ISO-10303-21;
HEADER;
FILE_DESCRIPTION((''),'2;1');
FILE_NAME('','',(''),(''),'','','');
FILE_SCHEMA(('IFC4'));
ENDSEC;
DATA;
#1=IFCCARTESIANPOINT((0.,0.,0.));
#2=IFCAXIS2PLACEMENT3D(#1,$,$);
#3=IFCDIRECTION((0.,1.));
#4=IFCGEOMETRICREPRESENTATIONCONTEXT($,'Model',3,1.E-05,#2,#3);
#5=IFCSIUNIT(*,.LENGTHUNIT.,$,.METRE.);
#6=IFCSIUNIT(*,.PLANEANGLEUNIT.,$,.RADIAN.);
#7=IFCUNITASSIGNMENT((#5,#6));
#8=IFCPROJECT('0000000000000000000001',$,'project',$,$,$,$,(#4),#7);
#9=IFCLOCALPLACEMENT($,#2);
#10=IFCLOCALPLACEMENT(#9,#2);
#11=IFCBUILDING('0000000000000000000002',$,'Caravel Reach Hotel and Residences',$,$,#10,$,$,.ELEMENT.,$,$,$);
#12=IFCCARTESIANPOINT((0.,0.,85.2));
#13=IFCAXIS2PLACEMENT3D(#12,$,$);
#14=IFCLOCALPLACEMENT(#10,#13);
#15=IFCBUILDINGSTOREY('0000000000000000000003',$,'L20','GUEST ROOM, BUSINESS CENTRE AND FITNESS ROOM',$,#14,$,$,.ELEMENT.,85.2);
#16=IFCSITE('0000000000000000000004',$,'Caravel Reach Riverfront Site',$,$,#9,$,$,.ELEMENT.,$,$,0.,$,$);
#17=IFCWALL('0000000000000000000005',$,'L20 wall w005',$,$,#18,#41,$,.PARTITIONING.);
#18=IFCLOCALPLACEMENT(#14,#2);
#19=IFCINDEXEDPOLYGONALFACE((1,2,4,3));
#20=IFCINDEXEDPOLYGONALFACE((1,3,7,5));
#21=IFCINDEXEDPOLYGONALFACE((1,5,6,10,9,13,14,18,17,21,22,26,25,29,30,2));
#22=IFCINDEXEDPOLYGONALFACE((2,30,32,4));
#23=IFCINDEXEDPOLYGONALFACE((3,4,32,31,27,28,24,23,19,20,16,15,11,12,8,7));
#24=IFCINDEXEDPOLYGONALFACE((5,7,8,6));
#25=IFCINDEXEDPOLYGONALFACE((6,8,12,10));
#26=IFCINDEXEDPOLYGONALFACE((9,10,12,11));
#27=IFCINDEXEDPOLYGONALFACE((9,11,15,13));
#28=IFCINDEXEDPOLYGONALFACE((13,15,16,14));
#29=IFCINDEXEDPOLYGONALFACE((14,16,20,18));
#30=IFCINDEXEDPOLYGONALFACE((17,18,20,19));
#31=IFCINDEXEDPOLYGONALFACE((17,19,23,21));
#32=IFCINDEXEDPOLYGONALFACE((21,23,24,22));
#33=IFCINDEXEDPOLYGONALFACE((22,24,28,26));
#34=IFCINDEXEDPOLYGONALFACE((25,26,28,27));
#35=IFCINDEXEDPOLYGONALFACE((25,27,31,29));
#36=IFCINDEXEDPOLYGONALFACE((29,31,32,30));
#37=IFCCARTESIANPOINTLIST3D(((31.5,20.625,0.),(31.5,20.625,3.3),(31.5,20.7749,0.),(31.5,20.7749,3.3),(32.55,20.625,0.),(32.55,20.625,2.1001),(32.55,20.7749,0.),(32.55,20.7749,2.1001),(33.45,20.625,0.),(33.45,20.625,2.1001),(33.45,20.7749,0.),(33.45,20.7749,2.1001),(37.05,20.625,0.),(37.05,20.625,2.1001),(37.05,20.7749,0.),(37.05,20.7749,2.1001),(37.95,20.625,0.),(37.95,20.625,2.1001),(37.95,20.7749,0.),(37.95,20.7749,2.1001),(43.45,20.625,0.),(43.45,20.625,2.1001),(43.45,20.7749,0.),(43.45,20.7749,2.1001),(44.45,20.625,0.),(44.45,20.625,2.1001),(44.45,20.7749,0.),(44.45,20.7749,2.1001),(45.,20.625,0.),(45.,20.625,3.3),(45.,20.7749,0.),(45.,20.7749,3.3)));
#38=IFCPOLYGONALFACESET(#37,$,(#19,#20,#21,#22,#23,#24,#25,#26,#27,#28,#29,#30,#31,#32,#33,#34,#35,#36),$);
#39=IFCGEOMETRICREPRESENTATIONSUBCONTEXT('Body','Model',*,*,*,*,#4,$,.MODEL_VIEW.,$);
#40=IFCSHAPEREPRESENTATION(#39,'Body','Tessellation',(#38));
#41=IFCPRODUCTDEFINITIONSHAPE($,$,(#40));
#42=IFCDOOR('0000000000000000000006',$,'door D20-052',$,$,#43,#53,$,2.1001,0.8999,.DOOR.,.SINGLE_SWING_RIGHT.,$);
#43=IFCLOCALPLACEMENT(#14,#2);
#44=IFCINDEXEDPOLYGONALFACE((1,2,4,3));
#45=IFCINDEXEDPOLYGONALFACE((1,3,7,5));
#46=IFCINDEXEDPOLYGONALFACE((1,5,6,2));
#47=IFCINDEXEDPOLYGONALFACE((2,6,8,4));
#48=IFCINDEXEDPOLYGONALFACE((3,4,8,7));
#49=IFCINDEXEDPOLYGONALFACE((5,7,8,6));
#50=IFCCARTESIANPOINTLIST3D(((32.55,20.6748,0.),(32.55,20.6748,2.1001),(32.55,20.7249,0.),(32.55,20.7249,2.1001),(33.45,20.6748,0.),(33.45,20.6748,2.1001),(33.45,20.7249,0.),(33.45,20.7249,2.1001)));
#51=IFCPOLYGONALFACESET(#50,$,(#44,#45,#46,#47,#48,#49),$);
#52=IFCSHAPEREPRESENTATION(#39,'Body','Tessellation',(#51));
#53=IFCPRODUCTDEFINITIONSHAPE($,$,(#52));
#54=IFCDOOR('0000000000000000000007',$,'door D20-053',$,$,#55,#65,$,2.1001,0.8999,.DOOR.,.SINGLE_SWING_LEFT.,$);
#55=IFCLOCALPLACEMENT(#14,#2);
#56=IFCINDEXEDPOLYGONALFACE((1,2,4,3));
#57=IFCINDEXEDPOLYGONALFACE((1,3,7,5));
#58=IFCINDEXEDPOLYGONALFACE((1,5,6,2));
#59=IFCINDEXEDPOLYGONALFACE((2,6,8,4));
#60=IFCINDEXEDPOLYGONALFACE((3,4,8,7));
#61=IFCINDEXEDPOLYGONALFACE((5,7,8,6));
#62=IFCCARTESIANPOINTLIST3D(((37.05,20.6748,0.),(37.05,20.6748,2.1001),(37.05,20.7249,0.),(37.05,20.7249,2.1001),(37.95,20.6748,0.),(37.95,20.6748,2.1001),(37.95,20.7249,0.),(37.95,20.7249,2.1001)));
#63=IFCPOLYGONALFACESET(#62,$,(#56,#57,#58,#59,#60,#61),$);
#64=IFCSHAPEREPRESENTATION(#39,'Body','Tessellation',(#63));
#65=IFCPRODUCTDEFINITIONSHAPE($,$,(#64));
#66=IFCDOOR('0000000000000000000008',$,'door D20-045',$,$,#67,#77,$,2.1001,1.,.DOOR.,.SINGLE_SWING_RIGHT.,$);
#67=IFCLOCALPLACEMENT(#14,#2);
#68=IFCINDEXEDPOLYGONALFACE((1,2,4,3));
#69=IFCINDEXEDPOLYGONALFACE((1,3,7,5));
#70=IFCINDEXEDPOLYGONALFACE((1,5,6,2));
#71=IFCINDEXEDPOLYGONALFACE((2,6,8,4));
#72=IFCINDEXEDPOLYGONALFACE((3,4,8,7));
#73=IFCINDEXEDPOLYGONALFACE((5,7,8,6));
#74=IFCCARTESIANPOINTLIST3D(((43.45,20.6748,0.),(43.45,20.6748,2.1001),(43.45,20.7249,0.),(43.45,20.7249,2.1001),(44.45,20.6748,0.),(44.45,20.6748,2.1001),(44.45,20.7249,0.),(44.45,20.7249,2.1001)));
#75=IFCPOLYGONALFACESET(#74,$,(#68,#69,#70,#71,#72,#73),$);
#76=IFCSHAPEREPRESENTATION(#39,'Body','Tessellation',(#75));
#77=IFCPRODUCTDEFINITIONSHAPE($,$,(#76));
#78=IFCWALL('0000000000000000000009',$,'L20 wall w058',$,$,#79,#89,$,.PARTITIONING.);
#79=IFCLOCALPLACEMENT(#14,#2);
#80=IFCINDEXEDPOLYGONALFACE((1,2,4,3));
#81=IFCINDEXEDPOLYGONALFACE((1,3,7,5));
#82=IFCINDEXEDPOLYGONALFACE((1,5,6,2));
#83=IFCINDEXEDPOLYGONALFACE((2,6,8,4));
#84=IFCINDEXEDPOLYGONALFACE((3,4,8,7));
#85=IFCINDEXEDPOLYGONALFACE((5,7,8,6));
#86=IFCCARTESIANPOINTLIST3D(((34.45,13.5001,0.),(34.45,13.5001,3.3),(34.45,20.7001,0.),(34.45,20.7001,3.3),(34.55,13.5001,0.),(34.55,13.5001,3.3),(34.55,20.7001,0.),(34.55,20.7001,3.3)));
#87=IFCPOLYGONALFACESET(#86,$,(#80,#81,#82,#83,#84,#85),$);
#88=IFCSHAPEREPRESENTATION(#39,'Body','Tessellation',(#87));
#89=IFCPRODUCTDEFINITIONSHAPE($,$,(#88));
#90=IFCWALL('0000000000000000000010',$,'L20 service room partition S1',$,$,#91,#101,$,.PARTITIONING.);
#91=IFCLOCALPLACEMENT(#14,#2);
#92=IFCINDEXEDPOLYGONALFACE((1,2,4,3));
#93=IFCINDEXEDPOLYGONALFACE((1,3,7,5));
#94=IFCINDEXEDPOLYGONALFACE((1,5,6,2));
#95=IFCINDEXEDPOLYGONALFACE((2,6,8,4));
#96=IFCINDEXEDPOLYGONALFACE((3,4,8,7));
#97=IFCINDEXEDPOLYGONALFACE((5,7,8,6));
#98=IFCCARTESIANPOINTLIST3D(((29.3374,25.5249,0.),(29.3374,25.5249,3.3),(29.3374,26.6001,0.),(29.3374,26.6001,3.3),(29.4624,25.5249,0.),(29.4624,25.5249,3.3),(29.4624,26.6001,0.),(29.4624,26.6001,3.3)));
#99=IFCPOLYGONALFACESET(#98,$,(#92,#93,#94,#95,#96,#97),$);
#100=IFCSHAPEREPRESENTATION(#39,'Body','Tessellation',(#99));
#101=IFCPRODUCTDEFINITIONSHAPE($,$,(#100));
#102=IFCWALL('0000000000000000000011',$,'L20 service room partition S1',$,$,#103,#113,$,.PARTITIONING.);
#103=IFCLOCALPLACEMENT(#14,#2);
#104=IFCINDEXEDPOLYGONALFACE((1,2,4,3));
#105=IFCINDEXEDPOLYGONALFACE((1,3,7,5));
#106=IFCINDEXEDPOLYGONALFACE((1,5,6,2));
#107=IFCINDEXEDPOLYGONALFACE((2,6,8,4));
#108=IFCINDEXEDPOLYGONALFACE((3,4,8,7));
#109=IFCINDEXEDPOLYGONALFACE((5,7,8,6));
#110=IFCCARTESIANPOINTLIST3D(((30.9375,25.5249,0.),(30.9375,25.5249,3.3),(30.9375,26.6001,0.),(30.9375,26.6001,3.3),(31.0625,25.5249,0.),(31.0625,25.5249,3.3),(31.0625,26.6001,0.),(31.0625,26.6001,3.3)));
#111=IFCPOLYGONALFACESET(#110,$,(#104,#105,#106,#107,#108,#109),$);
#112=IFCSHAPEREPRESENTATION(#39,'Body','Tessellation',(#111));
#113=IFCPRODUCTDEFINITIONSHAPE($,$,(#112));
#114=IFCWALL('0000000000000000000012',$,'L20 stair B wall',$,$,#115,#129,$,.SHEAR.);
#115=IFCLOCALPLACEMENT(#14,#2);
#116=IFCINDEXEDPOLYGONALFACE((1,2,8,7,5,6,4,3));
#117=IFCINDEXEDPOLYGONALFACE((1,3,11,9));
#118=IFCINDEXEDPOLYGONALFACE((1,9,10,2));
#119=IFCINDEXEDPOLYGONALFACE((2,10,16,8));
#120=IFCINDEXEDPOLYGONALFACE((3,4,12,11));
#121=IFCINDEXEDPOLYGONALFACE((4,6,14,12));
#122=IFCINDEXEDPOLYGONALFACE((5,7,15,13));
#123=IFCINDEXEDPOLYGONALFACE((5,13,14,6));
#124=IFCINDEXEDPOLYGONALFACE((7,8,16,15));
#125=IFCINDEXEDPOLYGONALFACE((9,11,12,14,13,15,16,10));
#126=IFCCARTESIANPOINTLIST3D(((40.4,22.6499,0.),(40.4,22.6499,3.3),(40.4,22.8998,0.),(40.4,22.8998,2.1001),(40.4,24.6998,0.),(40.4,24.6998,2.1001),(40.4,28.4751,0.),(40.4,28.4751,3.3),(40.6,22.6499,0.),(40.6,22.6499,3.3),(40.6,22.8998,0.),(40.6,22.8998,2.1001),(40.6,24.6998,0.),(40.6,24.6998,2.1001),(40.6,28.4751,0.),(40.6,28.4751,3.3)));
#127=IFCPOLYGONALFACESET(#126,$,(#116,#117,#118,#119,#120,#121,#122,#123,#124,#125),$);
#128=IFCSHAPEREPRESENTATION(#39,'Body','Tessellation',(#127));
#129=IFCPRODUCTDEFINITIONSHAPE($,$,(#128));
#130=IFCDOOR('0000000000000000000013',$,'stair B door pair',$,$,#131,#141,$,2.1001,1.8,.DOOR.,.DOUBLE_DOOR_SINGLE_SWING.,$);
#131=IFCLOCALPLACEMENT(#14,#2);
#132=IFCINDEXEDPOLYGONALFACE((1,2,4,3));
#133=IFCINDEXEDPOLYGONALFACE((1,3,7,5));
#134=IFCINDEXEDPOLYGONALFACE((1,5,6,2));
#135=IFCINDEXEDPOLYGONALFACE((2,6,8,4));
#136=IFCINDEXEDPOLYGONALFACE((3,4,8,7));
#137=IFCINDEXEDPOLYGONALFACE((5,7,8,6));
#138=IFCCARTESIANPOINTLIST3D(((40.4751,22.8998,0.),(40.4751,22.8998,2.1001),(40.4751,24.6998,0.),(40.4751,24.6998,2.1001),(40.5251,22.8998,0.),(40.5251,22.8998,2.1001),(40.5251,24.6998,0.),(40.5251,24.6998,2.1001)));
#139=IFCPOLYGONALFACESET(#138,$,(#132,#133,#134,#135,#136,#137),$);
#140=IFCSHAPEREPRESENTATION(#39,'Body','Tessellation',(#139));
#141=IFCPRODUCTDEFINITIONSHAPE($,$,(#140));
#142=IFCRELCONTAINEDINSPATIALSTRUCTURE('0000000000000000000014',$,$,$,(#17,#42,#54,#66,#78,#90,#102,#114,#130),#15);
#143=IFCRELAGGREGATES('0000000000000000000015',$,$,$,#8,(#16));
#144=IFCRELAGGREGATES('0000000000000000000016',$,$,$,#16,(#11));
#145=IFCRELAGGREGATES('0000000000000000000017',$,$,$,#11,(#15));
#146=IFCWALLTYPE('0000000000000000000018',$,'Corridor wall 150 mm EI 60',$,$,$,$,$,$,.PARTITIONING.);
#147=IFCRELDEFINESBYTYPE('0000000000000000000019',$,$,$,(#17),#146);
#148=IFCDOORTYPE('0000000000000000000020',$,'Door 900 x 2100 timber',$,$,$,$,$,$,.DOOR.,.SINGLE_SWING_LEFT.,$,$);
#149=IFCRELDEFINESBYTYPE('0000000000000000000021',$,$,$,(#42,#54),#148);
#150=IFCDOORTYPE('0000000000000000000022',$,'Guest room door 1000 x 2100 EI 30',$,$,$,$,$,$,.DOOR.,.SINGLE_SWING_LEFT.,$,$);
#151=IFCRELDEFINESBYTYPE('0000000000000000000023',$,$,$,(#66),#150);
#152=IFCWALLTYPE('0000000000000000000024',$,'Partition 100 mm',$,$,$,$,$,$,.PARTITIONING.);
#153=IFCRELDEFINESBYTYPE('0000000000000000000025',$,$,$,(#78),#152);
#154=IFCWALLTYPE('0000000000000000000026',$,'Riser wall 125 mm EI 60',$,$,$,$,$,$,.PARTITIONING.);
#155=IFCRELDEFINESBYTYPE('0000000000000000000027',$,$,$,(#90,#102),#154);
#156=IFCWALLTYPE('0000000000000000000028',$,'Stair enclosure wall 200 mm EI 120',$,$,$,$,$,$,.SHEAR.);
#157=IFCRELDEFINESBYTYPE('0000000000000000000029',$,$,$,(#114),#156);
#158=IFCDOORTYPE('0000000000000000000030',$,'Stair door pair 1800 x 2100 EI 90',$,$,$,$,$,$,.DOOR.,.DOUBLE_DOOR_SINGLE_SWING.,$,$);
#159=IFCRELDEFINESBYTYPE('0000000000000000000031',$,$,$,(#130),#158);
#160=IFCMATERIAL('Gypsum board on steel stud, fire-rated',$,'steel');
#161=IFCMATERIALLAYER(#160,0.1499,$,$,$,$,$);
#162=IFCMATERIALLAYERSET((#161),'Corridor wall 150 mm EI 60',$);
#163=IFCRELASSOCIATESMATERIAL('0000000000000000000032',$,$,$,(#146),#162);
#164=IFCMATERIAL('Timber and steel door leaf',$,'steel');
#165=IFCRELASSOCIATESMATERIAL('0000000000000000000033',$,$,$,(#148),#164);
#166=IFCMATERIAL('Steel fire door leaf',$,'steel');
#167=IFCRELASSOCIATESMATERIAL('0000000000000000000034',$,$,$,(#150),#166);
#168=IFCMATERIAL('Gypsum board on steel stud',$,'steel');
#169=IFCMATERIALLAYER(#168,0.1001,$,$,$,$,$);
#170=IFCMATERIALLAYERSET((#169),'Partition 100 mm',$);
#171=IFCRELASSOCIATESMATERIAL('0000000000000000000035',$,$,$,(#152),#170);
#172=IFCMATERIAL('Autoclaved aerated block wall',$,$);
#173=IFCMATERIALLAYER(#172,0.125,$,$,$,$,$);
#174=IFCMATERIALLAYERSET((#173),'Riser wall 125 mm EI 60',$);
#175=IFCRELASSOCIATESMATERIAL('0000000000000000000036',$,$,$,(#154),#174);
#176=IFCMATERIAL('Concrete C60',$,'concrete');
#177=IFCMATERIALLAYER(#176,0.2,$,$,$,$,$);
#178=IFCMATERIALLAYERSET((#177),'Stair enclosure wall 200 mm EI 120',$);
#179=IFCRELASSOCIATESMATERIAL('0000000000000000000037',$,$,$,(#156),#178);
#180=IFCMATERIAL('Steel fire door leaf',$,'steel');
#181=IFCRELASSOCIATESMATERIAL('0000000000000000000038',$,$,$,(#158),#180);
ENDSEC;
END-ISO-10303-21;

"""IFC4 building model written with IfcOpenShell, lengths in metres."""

from ifc_helpers import new_model, si_unit, direction, frame, frame_2d, origin, place, context, subcontext, project, spatial, rectangle, extrude, material, layer, layer_set, type_object, element, fill, save


model = new_model("IFC4")

# Units and contexts
model_context = context("Model", 3, precision=1e-05, world=origin(), true_north=direction((0.0, 1.0)))
body_context = subcontext(model_context, "Body", "Model", "MODEL_VIEW")
ifc_project = project(units=[si_unit("LENGTHUNIT", "METRE"), si_unit("PLANEANGLEUNIT", "RADIAN")], contexts=[model_context])

# Site, building, storey
site_placement = place(None, origin())
site = spatial("IfcSite", under=ifc_project, at=site_placement, Name="Caravel Reach Riverfront Site", CompositionType="ELEMENT", RefElevation=0.0)
building_placement = place(site_placement, origin())
building = spatial("IfcBuilding", under=site, at=building_placement, Name="Caravel Reach Hotel and Residences", CompositionType="ELEMENT")
storey_placement = place(building_placement, frame((0.0, 0.0, 85.2)))
storey = spatial("IfcBuildingStorey", under=building, at=storey_placement, Name="L20", Description="GUEST ROOM, BUSINESS CENTRE AND FITNESS ROOM", CompositionType="ELEMENT", Elevation=85.2)

# Wall, openings, doors
ifc_material_1 = material(Name="Gypsum board on steel stud, fire-rated", Category="steel")
ifc_layer_1 = layer(ifc_material_1, 0.1499)
ifc_layer_set_1 = layer_set([ifc_layer_1], Name="Corridor wall 150 mm EI 60")
wall_type_1 = type_object("IfcWallType", Name="Corridor wall 150 mm EI 60", PredefinedType="PARTITIONING", material=ifc_layer_set_1)
wall_1_placement = place(storey_placement, frame((31.5, 20.7, 0.0), z_axis=(0.0, 0.0, 1.0), x_axis=(1.0, 0.0, 0.0)))
wall_1 = element("IfcWall", 1, at=wall_1_placement, inside=storey, type_object=wall_type_1, Name="L20 wall w005", PredefinedType="PARTITIONING", context=body_context, shape_type="SweptSolid", body=[
    extrude(rectangle(XDim=13.5, YDim=0.1499, at=frame_2d((6.75, 0.0))), origin(), (0.0, 0.0, 1.0), 3.3),
])
opening_1_placement = place(wall_1_placement, frame((11.95, 0.0, 0.0)))
opening_1 = element("IfcOpeningElement", 2, at=opening_1_placement, cuts=wall_1, PredefinedType="OPENING", context=body_context, shape_type="SweptSolid", body=[
    extrude(rectangle(XDim=1.0, YDim=2.1001, at=frame_2d((0.5, 1.05))), frame((0.0, 0.085, 0.0), z_axis=(0.0, -1.0, 0.0), x_axis=(1.0, 0.0, 0.0)), (0.0, 0.0, 1.0), 0.1699),
])
opening_2_placement = place(wall_1_placement, frame((1.05, 0.0, 0.0)))
opening_2 = element("IfcOpeningElement", 3, at=opening_2_placement, cuts=wall_1, PredefinedType="OPENING", context=body_context, shape_type="SweptSolid", body=[
    extrude(rectangle(XDim=0.8999, YDim=2.1001, at=frame_2d((0.45, 1.05))), frame((0.0, 0.085, 0.0), z_axis=(0.0, -1.0, 0.0), x_axis=(1.0, 0.0, 0.0)), (0.0, 0.0, 1.0), 0.1699),
])
opening_3_placement = place(wall_1_placement, frame((5.55, 0.0, 0.0)))
opening_3 = element("IfcOpeningElement", 4, at=opening_3_placement, cuts=wall_1, PredefinedType="OPENING", context=body_context, shape_type="SweptSolid", body=[
    extrude(rectangle(XDim=0.8999, YDim=2.1001, at=frame_2d((0.45, 1.05))), frame((0.0, 0.085, 0.0), z_axis=(0.0, -1.0, 0.0), x_axis=(1.0, 0.0, 0.0)), (0.0, 0.0, 1.0), 0.1699),
])
ifc_material_2 = material(Name="Timber and steel door leaf", Category="steel")
door_type_1 = type_object("IfcDoorType", Name="Door 900 x 2100 timber", OperationType="SINGLE_SWING_LEFT", PredefinedType="DOOR", material=ifc_material_2)
door_1_placement = place(opening_2_placement, origin())
door_1 = element("IfcDoor", 5, at=door_1_placement, inside=storey, type_object=door_type_1, Name="door D20-052", OperationType="SINGLE_SWING_RIGHT", OverallHeight=2.1001, OverallWidth=0.8999, PredefinedType="DOOR", context=body_context, shape_type="SweptSolid", body=[
    extrude(rectangle(XDim=0.8999, YDim=2.1001, at=frame_2d((0.45, 1.05))), frame((0.0, 0.0249, 0.0), z_axis=(0.0, -1.0, 0.0), x_axis=(1.0, 0.0, 0.0)), (0.0, 0.0, 1.0), 0.05),
])
fill(opening_2, door_1)
door_2_placement = place(opening_3_placement, origin())
door_2 = element("IfcDoor", 6, at=door_2_placement, inside=storey, type_object=door_type_1, Name="door D20-053", OperationType="SINGLE_SWING_LEFT", OverallHeight=2.1001, OverallWidth=0.8999, PredefinedType="DOOR", context=body_context, shape_type="SweptSolid", body=[
    extrude(rectangle(XDim=0.8999, YDim=2.1001, at=frame_2d((0.45, 1.05))), frame((0.0, 0.0249, 0.0), z_axis=(0.0, -1.0, 0.0), x_axis=(1.0, 0.0, 0.0)), (0.0, 0.0, 1.0), 0.05),
])
fill(opening_3, door_2)
ifc_material_3 = material(Name="Steel fire door leaf", Category="steel")
door_type_2 = type_object("IfcDoorType", Name="Guest room door 1000 x 2100 EI 30", OperationType="SINGLE_SWING_LEFT", PredefinedType="DOOR", material=ifc_material_3)
door_3_placement = place(opening_1_placement, origin())
door_3 = element("IfcDoor", 7, at=door_3_placement, inside=storey, type_object=door_type_2, Name="door D20-045", OperationType="SINGLE_SWING_RIGHT", OverallHeight=2.1001, OverallWidth=1.0, PredefinedType="DOOR", context=body_context, shape_type="SweptSolid", body=[
    extrude(rectangle(XDim=1.0, YDim=2.1001, at=frame_2d((0.5, 1.05))), frame((0.0, 0.0249, 0.0), z_axis=(0.0, -1.0, 0.0), x_axis=(1.0, 0.0, 0.0)), (0.0, 0.0, 1.0), 0.05),
])
fill(opening_1, door_3)

# Walls
ifc_material_4 = material(Name="Gypsum board on steel stud", Category="steel")
ifc_layer_2 = layer(ifc_material_4, 0.1001)
ifc_layer_set_2 = layer_set([ifc_layer_2], Name="Partition 100 mm")
wall_type_2 = type_object("IfcWallType", Name="Partition 100 mm", PredefinedType="PARTITIONING", material=ifc_layer_set_2)
wall_2_placement = place(storey_placement, frame((34.5, 13.5, 0.0), z_axis=(0.0, 0.0, 1.0), x_axis=(0.0, 1.0, 0.0)))
element("IfcWall", 8, at=wall_2_placement, inside=storey, type_object=wall_type_2, Name="L20 wall w058", PredefinedType="PARTITIONING", context=body_context, shape_type="SweptSolid", body=[
    extrude(rectangle(XDim=7.2, YDim=0.1001, at=frame_2d((3.6001, 0.0))), origin(), (0.0, 0.0, 1.0), 3.3),
])
ifc_material_5 = material(Name="Autoclaved aerated block wall")
ifc_layer_3 = layer(ifc_material_5, 0.125)
ifc_layer_set_3 = layer_set([ifc_layer_3], Name="Riser wall 125 mm EI 60")
wall_type_3 = type_object("IfcWallType", Name="Riser wall 125 mm EI 60", PredefinedType="PARTITIONING", material=ifc_layer_set_3)
for number, where, z_axis, x_axis, name in (
    (9, (29.3999, 25.5249, 0.0), (0.0, 0.0, 1.0), (0.0, 1.0, 0.0), "L20 service room partition S1"),
    (10, (31.0, 25.5249, 0.0), (0.0, 0.0, 1.0), (0.0, 1.0, 0.0), "L20 service room partition S1"),
):
    element("IfcWall", number, at=place(storey_placement, frame(where, z_axis=z_axis, x_axis=x_axis)), inside=storey, type_object=wall_type_3, Name=name, PredefinedType="PARTITIONING", context=body_context, shape_type="SweptSolid", body=[
        extrude(rectangle(XDim=1.0752, YDim=0.125, at=frame_2d((0.5376, 0.0))), origin(), (0.0, 0.0, 1.0), 3.3),
    ])

# Wall, opening, door
ifc_material_6 = material(Name="Concrete C60", Category="concrete")
ifc_layer_4 = layer(ifc_material_6, 0.2)
ifc_layer_set_4 = layer_set([ifc_layer_4], Name="Stair enclosure wall 200 mm EI 120")
wall_type_4 = type_object("IfcWallType", Name="Stair enclosure wall 200 mm EI 120", PredefinedType="SHEAR", material=ifc_layer_set_4)
wall_3_placement = place(storey_placement, frame((40.5, 22.6499, 0.0), z_axis=(0.0, 0.0, 1.0), x_axis=(0.0, 1.0, 0.0)))
wall_3 = element("IfcWall", 11, at=wall_3_placement, inside=storey, type_object=wall_type_4, Name="L20 stair B wall", PredefinedType="SHEAR", context=body_context, shape_type="SweptSolid", body=[
    extrude(rectangle(XDim=5.8252, YDim=0.2, at=frame_2d((2.9126, 0.0))), origin(), (0.0, 0.0, 1.0), 3.3),
])
opening_4_placement = place(wall_3_placement, frame((0.25, 0.0, 0.0)))
opening_4 = element("IfcOpeningElement", 12, at=opening_4_placement, cuts=wall_3, PredefinedType="OPENING", context=body_context, shape_type="SweptSolid", body=[
    extrude(rectangle(XDim=1.8, YDim=2.1001, at=frame_2d((0.8999, 1.05))), frame((0.0, 0.1099, 0.0), z_axis=(0.0, -1.0, 0.0), x_axis=(1.0, 0.0, 0.0)), (0.0, 0.0, 1.0), 0.22),
])
ifc_material_7 = material(Name="Steel fire door leaf", Category="steel")
door_type_3 = type_object("IfcDoorType", Name="Stair door pair 1800 x 2100 EI 90", OperationType="DOUBLE_DOOR_SINGLE_SWING", PredefinedType="DOOR", material=ifc_material_7)
door_4_placement = place(opening_4_placement, origin())
door_4 = element("IfcDoor", 13, at=door_4_placement, inside=storey, type_object=door_type_3, Name="stair B door pair", OperationType="DOUBLE_DOOR_SINGLE_SWING", OverallHeight=2.1001, OverallWidth=1.8, PredefinedType="DOOR", context=body_context, shape_type="SweptSolid", body=[
    extrude(rectangle(XDim=1.8, YDim=2.1001, at=frame_2d((0.8999, 1.05))), frame((0.0, 0.0249, 0.0), z_axis=(0.0, -1.0, 0.0), x_axis=(1.0, 0.0, 0.0)), (0.0, 0.0, 1.0), 0.05),
])
fill(opening_4, door_4)

save(model, "model.ifc")
